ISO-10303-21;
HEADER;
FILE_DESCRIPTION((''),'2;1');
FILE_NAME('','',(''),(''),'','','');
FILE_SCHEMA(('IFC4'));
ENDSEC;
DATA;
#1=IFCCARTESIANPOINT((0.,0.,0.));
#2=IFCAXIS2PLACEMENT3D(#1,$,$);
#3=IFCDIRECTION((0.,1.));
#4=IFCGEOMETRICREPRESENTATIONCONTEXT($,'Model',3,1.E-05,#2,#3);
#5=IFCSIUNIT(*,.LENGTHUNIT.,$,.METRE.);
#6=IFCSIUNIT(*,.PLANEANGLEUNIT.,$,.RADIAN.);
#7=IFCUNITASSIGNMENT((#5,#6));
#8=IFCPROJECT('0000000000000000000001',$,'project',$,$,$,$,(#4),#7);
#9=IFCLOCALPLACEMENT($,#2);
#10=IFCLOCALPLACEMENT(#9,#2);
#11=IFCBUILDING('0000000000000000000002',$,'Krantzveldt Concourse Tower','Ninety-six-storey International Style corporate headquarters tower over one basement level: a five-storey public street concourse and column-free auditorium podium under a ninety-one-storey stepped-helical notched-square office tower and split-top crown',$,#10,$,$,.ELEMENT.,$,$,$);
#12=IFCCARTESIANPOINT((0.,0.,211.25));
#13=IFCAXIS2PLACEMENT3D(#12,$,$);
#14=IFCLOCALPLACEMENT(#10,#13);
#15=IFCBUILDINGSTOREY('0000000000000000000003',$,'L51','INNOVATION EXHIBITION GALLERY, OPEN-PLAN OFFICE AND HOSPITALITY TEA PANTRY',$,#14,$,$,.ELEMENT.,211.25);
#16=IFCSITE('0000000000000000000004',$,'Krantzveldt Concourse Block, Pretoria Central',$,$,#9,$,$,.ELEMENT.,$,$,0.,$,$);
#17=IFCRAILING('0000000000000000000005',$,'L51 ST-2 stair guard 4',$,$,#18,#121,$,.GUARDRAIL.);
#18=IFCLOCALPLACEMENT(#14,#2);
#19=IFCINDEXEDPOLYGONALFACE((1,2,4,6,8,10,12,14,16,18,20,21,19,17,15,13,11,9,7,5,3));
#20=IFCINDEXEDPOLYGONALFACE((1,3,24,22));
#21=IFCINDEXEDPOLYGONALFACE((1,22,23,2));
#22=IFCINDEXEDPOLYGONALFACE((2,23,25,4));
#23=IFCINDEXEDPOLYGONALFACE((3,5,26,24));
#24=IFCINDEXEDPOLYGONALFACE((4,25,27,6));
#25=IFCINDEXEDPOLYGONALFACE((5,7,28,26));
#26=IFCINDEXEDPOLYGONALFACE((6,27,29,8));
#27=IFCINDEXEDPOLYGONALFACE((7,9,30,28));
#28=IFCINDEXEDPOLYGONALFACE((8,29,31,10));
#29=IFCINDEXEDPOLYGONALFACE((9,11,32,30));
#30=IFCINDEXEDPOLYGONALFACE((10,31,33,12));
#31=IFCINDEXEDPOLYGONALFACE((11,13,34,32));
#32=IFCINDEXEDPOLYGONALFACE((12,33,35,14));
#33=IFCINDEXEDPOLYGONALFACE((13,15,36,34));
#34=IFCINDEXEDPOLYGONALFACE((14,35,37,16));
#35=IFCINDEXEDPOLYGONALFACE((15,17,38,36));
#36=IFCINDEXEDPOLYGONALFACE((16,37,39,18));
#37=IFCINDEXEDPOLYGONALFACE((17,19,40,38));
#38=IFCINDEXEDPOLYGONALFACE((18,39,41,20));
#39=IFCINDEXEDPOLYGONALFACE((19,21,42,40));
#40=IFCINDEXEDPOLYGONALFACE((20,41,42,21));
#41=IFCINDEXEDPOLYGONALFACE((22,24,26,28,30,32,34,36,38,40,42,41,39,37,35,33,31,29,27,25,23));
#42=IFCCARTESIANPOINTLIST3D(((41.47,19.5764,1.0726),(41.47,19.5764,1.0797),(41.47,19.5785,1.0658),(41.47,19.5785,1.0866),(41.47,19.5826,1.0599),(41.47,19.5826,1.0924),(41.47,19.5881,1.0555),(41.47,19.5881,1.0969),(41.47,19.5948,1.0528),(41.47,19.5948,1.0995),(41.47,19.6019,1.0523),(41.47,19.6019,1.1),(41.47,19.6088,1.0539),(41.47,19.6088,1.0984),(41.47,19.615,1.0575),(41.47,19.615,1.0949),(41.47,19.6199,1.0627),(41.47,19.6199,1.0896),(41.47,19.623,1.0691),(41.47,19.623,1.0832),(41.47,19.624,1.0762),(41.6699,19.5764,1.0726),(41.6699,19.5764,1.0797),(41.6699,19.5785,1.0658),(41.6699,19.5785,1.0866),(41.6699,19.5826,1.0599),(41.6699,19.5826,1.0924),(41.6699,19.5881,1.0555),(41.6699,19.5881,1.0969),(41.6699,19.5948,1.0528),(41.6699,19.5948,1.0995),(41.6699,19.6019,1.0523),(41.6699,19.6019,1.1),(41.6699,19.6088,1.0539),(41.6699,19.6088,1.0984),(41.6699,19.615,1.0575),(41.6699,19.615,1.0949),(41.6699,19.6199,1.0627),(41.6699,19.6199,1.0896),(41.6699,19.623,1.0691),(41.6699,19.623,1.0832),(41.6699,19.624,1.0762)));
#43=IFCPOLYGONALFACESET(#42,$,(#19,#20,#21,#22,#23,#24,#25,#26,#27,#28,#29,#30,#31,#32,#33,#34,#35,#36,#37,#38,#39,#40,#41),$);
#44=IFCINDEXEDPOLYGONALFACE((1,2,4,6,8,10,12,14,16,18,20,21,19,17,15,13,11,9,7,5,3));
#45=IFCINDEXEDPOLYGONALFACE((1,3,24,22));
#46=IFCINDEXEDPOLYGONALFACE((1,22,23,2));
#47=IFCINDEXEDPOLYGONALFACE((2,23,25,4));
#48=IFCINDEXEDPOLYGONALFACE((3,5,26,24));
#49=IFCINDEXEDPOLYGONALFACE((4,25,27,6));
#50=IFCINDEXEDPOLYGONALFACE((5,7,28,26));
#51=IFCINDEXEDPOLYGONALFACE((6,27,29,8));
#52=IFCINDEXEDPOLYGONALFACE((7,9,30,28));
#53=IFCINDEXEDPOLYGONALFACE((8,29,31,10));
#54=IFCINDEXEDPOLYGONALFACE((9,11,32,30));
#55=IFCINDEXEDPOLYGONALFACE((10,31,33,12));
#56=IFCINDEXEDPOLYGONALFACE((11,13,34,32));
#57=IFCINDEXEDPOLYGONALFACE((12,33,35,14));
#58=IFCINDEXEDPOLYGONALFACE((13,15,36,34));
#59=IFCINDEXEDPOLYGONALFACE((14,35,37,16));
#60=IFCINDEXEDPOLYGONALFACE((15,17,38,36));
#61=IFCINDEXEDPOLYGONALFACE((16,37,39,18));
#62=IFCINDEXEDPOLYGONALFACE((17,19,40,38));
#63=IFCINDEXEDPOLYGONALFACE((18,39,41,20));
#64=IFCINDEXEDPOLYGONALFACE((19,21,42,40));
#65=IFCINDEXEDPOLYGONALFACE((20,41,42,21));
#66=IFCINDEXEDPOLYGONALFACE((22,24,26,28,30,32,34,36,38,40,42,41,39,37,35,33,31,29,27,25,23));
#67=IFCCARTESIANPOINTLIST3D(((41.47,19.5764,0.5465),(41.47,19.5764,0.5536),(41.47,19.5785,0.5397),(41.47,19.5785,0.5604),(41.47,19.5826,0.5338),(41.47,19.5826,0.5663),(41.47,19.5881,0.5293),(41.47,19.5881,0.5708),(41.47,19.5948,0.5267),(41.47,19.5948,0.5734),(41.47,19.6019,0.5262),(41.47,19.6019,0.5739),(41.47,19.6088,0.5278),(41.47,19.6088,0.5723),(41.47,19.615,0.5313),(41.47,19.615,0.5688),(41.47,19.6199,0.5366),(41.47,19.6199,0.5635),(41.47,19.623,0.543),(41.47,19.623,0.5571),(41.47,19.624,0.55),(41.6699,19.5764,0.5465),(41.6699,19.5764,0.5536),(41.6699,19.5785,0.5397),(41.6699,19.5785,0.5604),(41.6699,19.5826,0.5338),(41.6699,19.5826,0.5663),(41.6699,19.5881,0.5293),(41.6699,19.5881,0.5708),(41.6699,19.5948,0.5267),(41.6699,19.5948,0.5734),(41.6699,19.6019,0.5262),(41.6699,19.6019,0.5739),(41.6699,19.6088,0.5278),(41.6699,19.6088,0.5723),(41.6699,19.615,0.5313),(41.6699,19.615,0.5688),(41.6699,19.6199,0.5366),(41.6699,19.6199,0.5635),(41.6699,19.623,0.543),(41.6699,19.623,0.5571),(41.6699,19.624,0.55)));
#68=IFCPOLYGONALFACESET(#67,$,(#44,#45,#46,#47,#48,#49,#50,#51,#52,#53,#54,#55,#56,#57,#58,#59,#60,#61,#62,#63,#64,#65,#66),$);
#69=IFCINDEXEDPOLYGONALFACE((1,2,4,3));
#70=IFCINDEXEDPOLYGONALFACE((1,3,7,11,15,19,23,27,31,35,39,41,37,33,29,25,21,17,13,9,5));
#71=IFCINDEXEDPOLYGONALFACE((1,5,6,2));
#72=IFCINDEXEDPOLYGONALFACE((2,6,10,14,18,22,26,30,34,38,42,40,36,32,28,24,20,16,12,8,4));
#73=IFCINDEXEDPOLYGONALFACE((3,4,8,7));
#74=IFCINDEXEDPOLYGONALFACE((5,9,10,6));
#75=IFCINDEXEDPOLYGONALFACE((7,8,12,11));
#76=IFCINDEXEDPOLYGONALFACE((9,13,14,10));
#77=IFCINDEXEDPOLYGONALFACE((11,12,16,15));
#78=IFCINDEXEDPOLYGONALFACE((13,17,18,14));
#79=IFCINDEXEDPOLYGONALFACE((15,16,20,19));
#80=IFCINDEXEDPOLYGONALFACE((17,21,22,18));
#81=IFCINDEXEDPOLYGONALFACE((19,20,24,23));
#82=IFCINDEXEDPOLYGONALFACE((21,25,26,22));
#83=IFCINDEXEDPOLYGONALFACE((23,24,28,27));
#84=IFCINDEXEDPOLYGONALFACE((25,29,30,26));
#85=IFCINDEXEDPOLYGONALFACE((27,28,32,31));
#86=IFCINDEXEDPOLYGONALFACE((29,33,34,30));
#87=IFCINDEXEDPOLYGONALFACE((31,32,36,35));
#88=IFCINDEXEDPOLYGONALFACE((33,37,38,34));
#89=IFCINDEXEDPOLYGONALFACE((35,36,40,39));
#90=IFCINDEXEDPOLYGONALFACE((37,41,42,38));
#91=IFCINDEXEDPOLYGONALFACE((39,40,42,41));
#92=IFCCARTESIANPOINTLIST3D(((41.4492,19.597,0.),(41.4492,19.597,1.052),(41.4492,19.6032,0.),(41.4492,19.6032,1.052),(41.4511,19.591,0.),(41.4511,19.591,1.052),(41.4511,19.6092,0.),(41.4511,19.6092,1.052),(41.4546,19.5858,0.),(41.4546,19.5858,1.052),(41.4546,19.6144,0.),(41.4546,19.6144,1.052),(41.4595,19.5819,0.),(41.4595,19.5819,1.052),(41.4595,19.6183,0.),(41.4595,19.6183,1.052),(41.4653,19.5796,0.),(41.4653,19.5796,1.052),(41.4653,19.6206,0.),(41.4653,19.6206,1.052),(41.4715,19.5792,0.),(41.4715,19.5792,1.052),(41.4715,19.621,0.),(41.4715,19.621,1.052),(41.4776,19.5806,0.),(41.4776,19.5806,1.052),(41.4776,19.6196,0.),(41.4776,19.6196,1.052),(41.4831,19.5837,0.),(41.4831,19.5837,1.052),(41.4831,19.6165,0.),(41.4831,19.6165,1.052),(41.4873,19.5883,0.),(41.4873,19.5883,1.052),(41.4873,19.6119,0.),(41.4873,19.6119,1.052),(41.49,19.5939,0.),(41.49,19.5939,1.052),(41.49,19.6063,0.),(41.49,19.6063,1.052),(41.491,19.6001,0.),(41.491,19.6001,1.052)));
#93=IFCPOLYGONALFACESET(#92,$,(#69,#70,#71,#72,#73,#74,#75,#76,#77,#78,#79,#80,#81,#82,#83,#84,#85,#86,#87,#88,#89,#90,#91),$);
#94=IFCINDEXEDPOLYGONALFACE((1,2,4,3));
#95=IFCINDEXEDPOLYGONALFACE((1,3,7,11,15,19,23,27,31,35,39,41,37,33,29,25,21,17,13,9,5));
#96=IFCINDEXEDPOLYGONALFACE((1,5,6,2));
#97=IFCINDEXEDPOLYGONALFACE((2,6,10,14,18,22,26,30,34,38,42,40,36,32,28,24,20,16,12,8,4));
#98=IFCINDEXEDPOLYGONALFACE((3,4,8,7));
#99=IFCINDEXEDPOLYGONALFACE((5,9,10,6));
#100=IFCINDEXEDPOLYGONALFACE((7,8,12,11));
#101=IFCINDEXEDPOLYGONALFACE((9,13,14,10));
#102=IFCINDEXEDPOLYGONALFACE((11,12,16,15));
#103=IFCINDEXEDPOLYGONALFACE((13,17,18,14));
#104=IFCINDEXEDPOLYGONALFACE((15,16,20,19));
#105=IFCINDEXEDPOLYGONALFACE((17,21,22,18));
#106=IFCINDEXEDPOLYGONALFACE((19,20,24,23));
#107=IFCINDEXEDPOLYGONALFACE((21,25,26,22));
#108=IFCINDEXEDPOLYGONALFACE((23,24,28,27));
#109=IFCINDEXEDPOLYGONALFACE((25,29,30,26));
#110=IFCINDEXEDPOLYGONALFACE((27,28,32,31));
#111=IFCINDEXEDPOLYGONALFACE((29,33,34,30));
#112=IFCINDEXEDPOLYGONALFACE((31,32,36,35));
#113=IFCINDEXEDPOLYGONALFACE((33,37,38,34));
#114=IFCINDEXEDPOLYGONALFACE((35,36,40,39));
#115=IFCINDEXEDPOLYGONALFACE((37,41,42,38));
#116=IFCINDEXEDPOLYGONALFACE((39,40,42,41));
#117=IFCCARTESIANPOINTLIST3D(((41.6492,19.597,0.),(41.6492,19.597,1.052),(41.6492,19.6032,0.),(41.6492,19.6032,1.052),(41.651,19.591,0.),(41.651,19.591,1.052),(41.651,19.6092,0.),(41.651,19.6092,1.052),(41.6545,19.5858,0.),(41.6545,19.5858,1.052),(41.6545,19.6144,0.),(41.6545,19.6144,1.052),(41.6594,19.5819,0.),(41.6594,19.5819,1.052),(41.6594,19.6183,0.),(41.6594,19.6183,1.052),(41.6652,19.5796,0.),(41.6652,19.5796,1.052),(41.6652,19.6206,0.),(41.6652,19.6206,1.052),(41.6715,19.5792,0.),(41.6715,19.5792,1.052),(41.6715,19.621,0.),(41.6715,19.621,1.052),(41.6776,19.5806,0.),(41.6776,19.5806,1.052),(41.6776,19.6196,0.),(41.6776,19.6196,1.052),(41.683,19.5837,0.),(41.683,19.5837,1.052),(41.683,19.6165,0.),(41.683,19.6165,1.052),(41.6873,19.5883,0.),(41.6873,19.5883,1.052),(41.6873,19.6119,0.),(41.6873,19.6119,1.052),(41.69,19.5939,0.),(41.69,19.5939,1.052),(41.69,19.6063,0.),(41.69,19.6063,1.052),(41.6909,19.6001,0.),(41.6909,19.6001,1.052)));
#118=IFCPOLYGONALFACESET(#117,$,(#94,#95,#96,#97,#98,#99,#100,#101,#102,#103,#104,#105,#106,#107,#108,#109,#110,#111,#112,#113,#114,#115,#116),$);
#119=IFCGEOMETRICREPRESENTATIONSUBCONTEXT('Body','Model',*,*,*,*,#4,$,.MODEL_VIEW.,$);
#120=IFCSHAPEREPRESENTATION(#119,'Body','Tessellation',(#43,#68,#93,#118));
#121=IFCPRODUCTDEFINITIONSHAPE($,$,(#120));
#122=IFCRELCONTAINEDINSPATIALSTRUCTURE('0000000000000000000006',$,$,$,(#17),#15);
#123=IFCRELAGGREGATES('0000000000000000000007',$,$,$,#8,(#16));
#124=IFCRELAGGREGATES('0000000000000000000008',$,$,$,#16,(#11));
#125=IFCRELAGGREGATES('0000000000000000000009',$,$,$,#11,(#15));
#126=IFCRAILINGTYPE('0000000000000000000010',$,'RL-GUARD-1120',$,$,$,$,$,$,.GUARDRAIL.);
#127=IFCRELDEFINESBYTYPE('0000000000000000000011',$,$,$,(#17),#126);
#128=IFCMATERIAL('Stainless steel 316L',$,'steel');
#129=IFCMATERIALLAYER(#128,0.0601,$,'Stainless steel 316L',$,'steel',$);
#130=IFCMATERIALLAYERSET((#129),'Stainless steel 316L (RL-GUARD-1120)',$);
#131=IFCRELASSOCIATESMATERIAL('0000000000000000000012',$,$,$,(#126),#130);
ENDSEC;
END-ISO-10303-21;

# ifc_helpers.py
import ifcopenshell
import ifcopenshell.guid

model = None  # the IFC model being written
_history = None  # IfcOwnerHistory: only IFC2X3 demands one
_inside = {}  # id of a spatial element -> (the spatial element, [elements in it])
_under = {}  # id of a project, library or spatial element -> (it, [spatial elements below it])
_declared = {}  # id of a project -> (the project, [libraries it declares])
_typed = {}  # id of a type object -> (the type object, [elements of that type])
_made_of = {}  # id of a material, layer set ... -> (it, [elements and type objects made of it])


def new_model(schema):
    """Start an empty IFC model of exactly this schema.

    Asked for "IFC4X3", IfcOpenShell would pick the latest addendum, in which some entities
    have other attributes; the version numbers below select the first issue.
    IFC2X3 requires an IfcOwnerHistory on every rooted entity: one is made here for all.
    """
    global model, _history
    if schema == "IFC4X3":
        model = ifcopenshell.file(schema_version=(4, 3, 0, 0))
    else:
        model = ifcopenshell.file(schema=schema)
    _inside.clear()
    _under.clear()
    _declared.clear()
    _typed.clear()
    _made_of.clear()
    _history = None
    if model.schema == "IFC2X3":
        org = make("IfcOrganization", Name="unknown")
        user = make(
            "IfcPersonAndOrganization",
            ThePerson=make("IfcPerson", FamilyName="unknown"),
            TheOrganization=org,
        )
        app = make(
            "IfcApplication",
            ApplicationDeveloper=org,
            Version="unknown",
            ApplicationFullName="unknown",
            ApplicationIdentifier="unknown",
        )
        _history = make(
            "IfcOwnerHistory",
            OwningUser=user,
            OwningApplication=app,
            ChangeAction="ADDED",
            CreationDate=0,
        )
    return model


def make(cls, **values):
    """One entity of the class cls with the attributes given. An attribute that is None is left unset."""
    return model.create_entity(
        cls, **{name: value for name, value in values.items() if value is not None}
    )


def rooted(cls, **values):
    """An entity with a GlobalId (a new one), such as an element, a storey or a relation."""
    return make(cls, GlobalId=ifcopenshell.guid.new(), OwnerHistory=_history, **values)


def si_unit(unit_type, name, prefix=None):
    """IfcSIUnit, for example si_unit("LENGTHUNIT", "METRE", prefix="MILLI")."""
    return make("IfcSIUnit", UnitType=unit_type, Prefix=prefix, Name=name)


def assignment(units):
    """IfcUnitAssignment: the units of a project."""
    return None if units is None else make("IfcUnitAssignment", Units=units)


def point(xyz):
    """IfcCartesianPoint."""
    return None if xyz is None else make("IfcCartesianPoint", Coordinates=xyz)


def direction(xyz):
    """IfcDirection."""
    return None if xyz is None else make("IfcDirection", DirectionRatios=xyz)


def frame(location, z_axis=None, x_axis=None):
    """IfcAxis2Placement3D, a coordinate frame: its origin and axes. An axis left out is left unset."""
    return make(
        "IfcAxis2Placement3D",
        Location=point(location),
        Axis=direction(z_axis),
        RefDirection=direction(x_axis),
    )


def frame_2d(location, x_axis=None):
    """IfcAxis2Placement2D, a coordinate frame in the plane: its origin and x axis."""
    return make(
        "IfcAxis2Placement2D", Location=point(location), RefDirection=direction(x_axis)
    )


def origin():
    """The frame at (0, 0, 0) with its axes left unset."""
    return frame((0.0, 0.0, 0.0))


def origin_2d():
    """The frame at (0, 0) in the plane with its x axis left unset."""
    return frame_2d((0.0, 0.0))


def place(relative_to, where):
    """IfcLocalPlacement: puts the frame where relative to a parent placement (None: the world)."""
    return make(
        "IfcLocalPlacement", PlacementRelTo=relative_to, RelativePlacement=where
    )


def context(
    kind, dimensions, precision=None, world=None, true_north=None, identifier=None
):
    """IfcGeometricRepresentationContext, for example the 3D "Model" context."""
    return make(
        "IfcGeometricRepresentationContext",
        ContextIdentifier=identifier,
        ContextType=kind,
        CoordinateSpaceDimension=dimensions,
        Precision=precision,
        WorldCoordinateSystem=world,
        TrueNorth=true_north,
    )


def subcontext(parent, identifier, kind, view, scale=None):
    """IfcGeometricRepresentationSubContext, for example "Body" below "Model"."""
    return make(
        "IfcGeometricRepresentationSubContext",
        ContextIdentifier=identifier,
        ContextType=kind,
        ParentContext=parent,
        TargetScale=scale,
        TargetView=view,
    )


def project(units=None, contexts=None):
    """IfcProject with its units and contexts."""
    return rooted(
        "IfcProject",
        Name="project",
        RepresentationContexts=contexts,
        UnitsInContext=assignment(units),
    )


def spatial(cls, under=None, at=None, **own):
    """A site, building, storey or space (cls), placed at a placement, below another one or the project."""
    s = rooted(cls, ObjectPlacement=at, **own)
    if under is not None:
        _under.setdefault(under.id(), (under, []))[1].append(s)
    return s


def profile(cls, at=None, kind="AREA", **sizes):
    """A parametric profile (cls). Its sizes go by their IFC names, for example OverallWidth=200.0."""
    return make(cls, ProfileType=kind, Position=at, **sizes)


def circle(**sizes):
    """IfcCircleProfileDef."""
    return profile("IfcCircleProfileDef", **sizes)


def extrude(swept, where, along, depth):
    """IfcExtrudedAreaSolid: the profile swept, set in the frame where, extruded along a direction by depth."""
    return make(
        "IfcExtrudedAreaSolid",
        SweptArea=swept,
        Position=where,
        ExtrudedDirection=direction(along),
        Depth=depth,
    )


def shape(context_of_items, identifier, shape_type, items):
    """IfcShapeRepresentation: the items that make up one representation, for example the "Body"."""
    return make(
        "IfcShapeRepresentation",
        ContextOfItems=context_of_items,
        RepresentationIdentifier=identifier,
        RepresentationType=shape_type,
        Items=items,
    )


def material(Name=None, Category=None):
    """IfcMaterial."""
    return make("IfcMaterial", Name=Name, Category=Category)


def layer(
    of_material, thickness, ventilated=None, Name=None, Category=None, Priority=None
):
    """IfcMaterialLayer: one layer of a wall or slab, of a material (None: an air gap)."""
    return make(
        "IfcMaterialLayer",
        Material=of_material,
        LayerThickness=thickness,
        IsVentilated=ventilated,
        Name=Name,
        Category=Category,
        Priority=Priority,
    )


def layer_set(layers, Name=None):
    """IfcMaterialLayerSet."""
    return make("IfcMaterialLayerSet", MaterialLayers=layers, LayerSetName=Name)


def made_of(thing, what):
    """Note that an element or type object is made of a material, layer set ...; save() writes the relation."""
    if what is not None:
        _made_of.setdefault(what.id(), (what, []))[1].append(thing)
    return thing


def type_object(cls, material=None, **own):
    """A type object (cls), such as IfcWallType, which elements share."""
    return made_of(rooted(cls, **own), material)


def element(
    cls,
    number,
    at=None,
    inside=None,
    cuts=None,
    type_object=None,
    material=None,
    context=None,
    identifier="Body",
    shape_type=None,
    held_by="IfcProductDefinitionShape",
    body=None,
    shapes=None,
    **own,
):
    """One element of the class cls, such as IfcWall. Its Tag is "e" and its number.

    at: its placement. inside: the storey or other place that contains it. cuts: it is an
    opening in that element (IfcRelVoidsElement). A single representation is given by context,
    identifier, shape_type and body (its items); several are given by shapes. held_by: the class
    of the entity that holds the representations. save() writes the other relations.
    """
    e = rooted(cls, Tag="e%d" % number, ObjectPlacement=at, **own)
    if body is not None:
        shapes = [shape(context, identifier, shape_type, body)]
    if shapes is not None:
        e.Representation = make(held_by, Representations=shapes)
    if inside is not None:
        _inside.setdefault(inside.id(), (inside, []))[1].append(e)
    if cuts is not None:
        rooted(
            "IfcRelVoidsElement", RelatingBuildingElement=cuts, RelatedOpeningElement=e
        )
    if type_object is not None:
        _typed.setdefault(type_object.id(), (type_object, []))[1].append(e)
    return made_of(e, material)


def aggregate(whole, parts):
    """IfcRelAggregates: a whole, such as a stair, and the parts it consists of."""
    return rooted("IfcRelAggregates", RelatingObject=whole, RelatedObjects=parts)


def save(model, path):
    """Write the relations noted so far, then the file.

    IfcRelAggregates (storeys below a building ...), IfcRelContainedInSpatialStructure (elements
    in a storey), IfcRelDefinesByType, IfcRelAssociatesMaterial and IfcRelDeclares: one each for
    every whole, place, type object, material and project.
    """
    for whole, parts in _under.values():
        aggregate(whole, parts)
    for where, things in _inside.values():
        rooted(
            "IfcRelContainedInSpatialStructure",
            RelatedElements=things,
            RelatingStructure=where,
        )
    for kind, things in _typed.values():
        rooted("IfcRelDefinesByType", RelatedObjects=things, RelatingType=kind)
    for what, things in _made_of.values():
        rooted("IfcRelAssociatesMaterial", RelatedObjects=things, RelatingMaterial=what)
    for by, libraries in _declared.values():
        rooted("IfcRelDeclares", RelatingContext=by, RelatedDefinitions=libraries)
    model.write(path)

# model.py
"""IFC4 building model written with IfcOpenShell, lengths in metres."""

from ifc_helpers import new_model, si_unit, direction, frame, origin, origin_2d, place, context, subcontext, project, spatial, circle, extrude, material, layer, layer_set, type_object, element, save


model = new_model("IFC4")

# Units and contexts
model_context = context("Model", 3, precision=1e-05, world=origin(), true_north=direction((0.0, 1.0)))
body_context = subcontext(model_context, "Body", "Model", "MODEL_VIEW")
ifc_project = project(units=[si_unit("LENGTHUNIT", "METRE"), si_unit("PLANEANGLEUNIT", "RADIAN")], contexts=[model_context])

# Site, building, storey
site_placement = place(None, origin())
site = spatial("IfcSite", under=ifc_project, at=site_placement, Name="Krantzveldt Concourse Block, Pretoria Central", CompositionType="ELEMENT", RefElevation=0.0)
building_placement = place(site_placement, origin())
building = spatial("IfcBuilding", under=site, at=building_placement, Name="Krantzveldt Concourse Tower", Description="Ninety-six-storey International Style corporate headquarters tower over one basement level: a five-storey public street concourse and column-free auditorium podium under a ninety-one-storey stepped-helical notched-square office tower and split-top crown", CompositionType="ELEMENT")
storey_placement = place(building_placement, frame((0.0, 0.0, 211.25)))
storey = spatial("IfcBuildingStorey", under=building, at=storey_placement, Name="L51", Description="INNOVATION EXHIBITION GALLERY, OPEN-PLAN OFFICE AND HOSPITALITY TEA PANTRY", CompositionType="ELEMENT", Elevation=211.25)

# Shared definitions
ifc_material_1 = material(Name="Stainless steel 316L", Category="steel")

# Railing
ifc_layer_1 = layer(ifc_material_1, 0.0601, Name="Stainless steel 316L", Category="steel")
ifc_layer_set_1 = layer_set([ifc_layer_1], Name="Stainless steel 316L (RL-GUARD-1120)")
railing_type_1 = type_object("IfcRailingType", Name="RL-GUARD-1120", PredefinedType="GUARDRAIL", material=ifc_layer_set_1)
railing_1_placement = place(storey_placement, frame((41.47, 19.6001, 0.0)))
element("IfcRailing", 1, at=railing_1_placement, inside=storey, type_object=railing_type_1, Name="L51 ST-2 stair guard 4", PredefinedType="GUARDRAIL", context=body_context, shape_type="SweptSolid", body=[
    extrude(circle(Radius=0.0239, at=origin_2d()), frame((0.0, 0.0, 1.0762), z_axis=(1.0, 0.0, 0.0), x_axis=(0.0, 1.0, 0.0)), (0.0, 0.0, 1.0), 0.2),
    extrude(circle(Radius=0.0239, at=origin_2d()), frame((0.0, 0.0, 0.55), z_axis=(1.0, 0.0, 0.0), x_axis=(0.0, 1.0, 0.0)), (0.0, 0.0, 1.0), 0.2),
    extrude(circle(Radius=0.021, at=origin_2d()), origin(), (0.0, 0.0, 1.0), 1.052),
    extrude(circle(Radius=0.021, at=origin_2d()), frame((0.2, 0.0, 0.0)), (0.0, 0.0, 1.0), 1.052),
])

save(model, "model.ifc")
